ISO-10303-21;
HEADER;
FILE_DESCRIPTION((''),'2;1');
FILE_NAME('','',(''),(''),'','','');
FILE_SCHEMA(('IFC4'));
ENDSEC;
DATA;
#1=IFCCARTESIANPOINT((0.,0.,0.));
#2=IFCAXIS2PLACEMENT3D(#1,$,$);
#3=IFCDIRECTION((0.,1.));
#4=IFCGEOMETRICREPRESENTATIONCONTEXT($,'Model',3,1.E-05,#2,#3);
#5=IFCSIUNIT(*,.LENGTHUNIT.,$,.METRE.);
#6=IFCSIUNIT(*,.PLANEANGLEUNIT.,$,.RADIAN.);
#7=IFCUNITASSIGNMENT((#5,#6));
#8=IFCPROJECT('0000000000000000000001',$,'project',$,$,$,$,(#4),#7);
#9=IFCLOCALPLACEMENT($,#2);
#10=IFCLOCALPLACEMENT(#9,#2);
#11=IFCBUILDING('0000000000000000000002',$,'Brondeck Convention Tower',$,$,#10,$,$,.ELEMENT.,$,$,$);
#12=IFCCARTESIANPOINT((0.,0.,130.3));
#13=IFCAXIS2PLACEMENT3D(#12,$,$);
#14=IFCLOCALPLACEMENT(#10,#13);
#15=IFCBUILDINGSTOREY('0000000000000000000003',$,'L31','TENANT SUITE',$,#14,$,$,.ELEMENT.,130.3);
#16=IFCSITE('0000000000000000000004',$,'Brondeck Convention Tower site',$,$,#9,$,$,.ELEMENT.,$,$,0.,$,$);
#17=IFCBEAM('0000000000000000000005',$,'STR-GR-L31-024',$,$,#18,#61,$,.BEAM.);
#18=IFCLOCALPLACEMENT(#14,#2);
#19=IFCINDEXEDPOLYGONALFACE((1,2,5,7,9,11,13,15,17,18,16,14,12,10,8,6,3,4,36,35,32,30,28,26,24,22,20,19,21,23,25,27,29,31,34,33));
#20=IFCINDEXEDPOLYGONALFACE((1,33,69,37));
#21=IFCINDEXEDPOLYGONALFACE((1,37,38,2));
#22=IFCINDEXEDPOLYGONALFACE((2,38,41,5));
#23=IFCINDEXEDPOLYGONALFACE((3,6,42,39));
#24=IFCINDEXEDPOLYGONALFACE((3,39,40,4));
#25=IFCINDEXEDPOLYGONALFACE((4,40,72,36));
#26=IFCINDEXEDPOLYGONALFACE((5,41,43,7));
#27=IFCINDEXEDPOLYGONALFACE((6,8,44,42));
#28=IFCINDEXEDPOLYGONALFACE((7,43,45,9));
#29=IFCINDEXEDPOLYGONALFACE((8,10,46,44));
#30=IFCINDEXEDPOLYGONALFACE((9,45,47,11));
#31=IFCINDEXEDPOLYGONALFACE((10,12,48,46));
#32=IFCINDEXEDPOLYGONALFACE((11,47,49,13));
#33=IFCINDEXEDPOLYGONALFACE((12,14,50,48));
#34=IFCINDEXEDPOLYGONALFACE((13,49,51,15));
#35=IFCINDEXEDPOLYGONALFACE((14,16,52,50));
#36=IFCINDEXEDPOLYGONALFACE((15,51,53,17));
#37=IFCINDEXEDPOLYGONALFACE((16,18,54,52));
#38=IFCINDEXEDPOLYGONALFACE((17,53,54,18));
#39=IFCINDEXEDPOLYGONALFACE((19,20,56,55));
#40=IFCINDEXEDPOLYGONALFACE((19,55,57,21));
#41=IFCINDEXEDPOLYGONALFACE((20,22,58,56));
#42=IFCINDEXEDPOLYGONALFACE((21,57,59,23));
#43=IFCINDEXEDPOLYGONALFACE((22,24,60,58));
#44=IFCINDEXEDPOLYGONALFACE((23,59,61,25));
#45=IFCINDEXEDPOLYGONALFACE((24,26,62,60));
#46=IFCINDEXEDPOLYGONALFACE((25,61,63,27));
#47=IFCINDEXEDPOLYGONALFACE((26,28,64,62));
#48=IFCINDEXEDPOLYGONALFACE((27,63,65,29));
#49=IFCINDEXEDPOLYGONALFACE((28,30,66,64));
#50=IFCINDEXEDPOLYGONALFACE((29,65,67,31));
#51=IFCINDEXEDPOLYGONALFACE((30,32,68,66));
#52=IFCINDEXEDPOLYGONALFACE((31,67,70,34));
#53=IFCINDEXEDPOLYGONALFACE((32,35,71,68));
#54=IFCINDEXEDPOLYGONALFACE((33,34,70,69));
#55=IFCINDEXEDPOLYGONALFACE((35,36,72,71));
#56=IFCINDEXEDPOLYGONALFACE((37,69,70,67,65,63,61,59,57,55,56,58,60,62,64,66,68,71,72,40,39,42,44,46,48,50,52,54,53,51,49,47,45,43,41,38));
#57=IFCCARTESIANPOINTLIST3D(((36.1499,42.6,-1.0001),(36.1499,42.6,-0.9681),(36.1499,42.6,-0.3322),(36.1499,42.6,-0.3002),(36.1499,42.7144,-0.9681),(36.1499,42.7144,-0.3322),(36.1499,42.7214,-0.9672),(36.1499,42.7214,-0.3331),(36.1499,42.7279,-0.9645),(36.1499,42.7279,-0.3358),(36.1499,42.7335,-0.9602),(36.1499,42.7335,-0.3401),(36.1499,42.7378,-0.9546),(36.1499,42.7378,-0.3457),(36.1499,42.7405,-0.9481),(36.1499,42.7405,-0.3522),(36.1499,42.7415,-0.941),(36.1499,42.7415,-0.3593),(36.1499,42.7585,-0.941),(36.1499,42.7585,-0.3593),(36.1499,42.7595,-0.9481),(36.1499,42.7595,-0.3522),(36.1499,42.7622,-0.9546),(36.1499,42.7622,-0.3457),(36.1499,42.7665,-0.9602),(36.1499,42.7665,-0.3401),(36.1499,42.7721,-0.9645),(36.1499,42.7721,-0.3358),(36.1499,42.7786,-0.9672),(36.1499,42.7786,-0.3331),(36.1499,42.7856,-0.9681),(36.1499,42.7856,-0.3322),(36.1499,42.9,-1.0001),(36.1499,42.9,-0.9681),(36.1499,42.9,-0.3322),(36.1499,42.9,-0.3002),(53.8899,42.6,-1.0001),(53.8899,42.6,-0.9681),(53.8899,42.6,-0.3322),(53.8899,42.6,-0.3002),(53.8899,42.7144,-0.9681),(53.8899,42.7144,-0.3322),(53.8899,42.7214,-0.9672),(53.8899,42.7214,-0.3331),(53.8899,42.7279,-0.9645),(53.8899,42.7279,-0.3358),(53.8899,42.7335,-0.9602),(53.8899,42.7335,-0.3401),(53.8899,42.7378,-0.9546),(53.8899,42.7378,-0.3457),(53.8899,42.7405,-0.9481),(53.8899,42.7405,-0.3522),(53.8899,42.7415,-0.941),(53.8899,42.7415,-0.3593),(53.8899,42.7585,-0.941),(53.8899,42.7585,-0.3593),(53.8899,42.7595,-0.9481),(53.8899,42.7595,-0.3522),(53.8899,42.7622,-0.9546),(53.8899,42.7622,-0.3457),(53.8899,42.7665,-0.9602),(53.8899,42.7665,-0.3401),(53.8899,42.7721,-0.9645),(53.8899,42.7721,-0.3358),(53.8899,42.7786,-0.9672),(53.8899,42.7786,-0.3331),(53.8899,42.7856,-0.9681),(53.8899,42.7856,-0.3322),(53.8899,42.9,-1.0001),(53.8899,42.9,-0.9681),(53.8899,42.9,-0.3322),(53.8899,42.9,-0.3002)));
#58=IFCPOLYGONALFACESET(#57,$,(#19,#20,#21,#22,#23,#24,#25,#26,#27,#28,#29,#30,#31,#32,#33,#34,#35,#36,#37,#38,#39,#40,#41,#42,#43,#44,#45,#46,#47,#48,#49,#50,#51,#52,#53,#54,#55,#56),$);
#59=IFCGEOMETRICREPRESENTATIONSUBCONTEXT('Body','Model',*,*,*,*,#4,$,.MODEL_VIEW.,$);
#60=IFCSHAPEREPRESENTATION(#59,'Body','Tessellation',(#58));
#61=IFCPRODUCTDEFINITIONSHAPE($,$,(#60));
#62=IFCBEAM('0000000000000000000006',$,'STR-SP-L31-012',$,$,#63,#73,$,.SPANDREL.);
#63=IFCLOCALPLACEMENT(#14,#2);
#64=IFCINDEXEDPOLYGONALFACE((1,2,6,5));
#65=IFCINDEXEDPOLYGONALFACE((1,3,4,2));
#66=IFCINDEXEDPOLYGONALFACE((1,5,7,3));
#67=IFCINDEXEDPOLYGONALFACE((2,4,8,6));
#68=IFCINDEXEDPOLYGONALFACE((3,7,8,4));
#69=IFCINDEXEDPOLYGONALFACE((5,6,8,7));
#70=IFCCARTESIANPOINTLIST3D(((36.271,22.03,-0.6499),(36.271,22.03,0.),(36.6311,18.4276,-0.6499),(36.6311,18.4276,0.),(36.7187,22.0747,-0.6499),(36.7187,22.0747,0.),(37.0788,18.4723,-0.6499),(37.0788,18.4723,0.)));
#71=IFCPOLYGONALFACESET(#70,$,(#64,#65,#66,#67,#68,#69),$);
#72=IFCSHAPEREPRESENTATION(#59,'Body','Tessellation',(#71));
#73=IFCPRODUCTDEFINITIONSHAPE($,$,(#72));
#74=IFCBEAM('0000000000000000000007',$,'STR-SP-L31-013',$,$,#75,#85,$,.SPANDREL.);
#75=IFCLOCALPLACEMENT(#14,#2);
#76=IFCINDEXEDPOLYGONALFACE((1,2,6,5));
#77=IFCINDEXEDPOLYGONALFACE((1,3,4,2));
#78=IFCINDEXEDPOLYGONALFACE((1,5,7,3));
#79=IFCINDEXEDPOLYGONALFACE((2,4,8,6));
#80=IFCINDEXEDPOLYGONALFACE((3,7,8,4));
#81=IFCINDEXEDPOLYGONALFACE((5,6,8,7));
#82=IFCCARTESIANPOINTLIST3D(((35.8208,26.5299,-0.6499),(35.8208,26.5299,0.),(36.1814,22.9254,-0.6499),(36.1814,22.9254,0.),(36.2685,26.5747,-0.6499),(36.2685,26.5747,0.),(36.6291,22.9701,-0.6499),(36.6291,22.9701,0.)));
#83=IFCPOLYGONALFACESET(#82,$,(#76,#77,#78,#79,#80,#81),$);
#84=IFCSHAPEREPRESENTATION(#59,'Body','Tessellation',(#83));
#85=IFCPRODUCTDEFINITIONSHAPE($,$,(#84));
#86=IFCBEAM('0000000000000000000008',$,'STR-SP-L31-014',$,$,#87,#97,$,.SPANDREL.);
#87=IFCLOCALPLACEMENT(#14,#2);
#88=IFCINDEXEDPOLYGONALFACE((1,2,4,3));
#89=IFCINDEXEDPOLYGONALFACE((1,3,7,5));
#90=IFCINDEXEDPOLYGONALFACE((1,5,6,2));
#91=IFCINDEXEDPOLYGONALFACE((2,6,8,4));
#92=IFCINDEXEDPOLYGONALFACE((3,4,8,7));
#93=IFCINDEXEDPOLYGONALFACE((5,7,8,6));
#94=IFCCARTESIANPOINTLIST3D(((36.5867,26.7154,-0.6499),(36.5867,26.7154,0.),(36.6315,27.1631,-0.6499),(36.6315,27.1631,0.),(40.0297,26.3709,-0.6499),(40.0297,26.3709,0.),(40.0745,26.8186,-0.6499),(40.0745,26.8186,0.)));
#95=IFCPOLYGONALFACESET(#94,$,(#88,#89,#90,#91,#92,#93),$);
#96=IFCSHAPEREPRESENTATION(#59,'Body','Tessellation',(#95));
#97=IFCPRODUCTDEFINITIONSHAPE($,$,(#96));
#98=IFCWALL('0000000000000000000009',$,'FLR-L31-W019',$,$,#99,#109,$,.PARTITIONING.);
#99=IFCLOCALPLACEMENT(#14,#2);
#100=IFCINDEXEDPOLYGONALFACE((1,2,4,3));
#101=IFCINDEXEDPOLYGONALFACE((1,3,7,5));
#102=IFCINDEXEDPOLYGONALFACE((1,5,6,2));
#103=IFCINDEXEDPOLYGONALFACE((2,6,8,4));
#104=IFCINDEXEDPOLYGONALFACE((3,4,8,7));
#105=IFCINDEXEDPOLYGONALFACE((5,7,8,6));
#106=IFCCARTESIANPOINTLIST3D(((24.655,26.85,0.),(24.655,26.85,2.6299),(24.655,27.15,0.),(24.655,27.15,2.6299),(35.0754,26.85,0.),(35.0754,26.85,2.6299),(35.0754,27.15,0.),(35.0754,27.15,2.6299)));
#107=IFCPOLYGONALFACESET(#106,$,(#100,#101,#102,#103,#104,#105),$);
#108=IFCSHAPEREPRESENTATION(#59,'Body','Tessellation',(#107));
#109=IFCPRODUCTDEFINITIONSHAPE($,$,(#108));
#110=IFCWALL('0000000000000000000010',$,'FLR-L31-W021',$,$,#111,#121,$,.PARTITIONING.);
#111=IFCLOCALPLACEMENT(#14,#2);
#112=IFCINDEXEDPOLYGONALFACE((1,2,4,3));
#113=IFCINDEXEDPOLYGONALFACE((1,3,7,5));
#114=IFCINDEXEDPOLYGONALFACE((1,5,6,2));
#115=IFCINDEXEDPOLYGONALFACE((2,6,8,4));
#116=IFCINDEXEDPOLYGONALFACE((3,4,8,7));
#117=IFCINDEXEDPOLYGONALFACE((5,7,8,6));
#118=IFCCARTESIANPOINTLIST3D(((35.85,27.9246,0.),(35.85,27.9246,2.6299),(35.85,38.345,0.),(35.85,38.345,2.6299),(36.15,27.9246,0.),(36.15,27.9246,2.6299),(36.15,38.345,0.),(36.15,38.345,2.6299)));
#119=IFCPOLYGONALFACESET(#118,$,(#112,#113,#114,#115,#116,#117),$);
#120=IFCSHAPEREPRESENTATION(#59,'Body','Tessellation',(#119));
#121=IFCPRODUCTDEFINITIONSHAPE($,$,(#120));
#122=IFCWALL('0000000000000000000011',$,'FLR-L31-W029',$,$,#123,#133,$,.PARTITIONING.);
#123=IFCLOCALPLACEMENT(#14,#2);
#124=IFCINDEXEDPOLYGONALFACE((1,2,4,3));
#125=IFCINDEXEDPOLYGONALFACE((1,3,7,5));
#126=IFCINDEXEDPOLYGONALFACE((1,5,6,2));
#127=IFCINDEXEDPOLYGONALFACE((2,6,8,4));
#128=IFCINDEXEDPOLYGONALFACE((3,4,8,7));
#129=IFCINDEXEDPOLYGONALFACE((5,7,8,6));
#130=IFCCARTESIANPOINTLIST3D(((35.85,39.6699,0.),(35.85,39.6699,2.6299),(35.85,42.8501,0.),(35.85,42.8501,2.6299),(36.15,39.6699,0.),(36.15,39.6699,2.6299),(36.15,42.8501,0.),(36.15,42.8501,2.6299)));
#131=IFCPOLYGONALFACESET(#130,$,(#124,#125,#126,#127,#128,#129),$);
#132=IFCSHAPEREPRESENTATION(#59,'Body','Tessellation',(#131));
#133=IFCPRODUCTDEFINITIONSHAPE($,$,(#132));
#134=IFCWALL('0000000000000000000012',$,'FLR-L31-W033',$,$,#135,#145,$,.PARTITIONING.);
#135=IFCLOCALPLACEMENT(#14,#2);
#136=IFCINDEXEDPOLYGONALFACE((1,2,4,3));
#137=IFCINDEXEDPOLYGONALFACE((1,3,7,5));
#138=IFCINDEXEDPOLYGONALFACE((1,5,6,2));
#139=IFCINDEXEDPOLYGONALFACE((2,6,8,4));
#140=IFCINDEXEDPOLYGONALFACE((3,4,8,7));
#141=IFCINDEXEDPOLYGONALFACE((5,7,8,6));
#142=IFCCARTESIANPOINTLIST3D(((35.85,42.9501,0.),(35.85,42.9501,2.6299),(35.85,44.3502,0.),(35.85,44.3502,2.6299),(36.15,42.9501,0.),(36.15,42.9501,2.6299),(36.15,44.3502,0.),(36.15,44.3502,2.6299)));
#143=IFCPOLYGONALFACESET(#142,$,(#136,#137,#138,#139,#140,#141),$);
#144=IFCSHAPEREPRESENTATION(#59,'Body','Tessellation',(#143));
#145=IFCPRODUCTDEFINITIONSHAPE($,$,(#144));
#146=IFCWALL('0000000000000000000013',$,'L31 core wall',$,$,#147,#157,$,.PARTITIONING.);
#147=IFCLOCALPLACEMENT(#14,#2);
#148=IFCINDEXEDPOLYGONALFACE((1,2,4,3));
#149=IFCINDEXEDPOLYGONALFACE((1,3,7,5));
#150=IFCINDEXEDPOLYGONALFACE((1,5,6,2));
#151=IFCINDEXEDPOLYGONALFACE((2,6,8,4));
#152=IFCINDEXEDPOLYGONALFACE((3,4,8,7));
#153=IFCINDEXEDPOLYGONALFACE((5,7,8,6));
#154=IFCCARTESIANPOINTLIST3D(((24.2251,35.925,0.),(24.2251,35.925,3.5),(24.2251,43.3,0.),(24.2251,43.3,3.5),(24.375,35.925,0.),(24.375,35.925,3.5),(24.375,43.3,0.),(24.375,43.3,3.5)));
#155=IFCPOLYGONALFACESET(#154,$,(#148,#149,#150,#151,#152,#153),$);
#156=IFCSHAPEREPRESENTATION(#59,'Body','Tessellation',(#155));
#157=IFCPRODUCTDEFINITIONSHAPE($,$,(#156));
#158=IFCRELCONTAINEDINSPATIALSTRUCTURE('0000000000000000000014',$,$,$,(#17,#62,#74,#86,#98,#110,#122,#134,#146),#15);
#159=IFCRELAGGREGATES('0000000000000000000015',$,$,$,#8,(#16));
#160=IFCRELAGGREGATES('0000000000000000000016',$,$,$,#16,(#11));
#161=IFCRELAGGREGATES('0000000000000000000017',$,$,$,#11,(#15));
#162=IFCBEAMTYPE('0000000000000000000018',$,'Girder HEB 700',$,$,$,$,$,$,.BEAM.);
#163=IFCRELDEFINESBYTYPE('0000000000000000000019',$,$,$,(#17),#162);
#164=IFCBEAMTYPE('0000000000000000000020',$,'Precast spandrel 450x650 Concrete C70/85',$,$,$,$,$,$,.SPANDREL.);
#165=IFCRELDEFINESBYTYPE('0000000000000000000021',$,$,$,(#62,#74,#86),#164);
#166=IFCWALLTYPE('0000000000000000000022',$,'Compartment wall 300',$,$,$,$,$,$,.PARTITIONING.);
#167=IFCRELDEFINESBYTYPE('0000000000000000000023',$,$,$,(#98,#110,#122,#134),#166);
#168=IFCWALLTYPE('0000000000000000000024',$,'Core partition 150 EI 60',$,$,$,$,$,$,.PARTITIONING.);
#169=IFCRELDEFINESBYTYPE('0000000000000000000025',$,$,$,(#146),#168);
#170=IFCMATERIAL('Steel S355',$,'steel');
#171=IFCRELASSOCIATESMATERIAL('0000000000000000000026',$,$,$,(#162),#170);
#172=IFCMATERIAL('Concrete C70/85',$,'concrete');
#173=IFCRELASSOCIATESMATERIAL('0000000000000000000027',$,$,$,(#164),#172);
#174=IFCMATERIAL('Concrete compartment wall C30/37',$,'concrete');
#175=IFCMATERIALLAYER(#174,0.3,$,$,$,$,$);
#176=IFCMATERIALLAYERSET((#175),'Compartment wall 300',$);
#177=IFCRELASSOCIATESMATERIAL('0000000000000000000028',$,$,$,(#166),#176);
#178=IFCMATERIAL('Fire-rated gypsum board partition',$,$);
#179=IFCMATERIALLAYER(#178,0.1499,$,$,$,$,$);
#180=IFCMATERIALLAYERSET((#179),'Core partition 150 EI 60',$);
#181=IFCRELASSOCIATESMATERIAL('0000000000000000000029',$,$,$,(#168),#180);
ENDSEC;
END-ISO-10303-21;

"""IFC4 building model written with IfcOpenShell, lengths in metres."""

from ifc_helpers import new_model, si_unit, direction, frame, frame_2d, origin, origin_2d, place, context, subcontext, project, spatial, rectangle, i_section, extrude, material, layer, layer_set, material_profile, profile_set, type_object, element, save


model = new_model("IFC4")

# Units and contexts
model_context = context("Model", 3, precision=1e-05, world=origin(), true_north=direction((0.0, 1.0)))
body_context = subcontext(model_context, "Body", "Model", "MODEL_VIEW")
ifc_project = project(units=[si_unit("LENGTHUNIT", "METRE"), si_unit("PLANEANGLEUNIT", "RADIAN")], contexts=[model_context])

# Site, building, storey
site_placement = place(None, origin())
site = spatial("IfcSite", under=ifc_project, at=site_placement, Name="Brondeck Convention Tower site", CompositionType="ELEMENT", RefElevation=0.0)
building_placement = place(site_placement, origin())
building = spatial("IfcBuilding", under=site, at=building_placement, Name="Brondeck Convention Tower", CompositionType="ELEMENT")
storey_placement = place(building_placement, frame((0.0, 0.0, 130.3)))
storey = spatial("IfcBuildingStorey", under=building, at=storey_placement, Name="L31", Description="TENANT SUITE", CompositionType="ELEMENT", Elevation=130.3)

# Shared definitions
ifc_material_1 = material(Name="Concrete C70/85", Category="concrete")

# Beams
ifc_material_2 = material(Name="Steel S355", Category="steel")
ifc_material_profile_1 = material_profile(ifc_material_2, i_section(OverallWidth=0.3, OverallDepth=0.7, WebThickness=0.0171, FlangeThickness=0.032, FilletRadius=0.0271, at=origin_2d()), Name="HEB 700")
ifc_profile_set_1 = profile_set([ifc_material_profile_1], Name="Steel S355")
beam_type_1 = type_object("IfcBeamType", Name="Girder HEB 700", PredefinedType="BEAM", material=ifc_profile_set_1)
beam_1_placement = place(storey_placement, frame((36.1499, 42.75, -0.6501), z_axis=(1.0, 0.0, 0.0), x_axis=(0.0, 1.0, 0.0)))
element("IfcBeam", 1, at=beam_1_placement, inside=storey, type_object=beam_type_1, Name="STR-GR-L31-024", PredefinedType="BEAM", context=body_context, shape_type="SweptSolid", body=[
    extrude(i_section(OverallWidth=0.3, OverallDepth=0.7, WebThickness=0.0171, FlangeThickness=0.032, FilletRadius=0.0271, at=origin_2d()), origin(), (0.0, 0.0, 1.0), 17.74),
])
ifc_material_profile_2 = material_profile(ifc_material_1, rectangle(XDim=0.45, YDim=0.6499, at=origin_2d()), Name="Precast spandrel 450x650 Concrete C70/85")
ifc_profile_set_2 = profile_set([ifc_material_profile_2], Name="Concrete C70/85")
beam_type_2 = type_object("IfcBeamType", Name="Precast spandrel 450x650 Concrete C70/85", PredefinedType="SPANDREL", material=ifc_profile_set_2)
beam_2_placement = place(storey_placement, frame((36.855, 18.45, -0.325), z_axis=(-0.09947, 0.995041, 0.0), x_axis=(-0.995041, -0.09947, 0.0)))
element("IfcBeam", 2, at=beam_2_placement, inside=storey, type_object=beam_type_2, Name="STR-SP-L31-012", PredefinedType="SPANDREL", context=body_context, shape_type="SweptSolid", body=[
    extrude(rectangle(XDim=0.45, YDim=0.6499, at=origin_2d()), origin(), (0.0, 0.0, 1.0), 3.6204),
])
beam_3_placement = place(storey_placement, frame((36.4053, 22.9478, -0.325), z_axis=(-0.099544, 0.995033, 0.0), x_axis=(-0.995033, -0.099544, 0.0)))
element("IfcBeam", 3, at=beam_3_placement, inside=storey, type_object=beam_type_2, Name="STR-SP-L31-013", PredefinedType="SPANDREL", context=body_context, shape_type="SweptSolid", body=[
    extrude(rectangle(XDim=0.45, YDim=0.6499, at=origin_2d()), origin(), (0.0, 0.0, 1.0), 3.6226),
])
beam_4_placement = place(storey_placement, frame((36.6091, 26.9392, -0.325), z_axis=(0.995032, -0.099553, 0.0), x_axis=(0.099553, 0.995032, 0.0)))
element("IfcBeam", 4, at=beam_4_placement, inside=storey, type_object=beam_type_2, Name="STR-SP-L31-014", PredefinedType="SPANDREL", context=body_context, shape_type="SweptSolid", body=[
    extrude(rectangle(XDim=0.45, YDim=0.6499, at=origin_2d()), origin(), (0.0, 0.0, 1.0), 3.4602),
])

# Walls
ifc_material_3 = material(Name="Concrete compartment wall C30/37", Category="concrete")
ifc_layer_1 = layer(ifc_material_3, 0.3)
ifc_layer_set_1 = layer_set([ifc_layer_1], Name="Compartment wall 300")
wall_type_1 = type_object("IfcWallType", Name="Compartment wall 300", PredefinedType="PARTITIONING", material=ifc_layer_set_1)
for number, where, z_axis, x_axis, name in (
    (5, (24.655, 27.0, 0.0), (0.0, 0.0, 1.0), (1.0, 0.0, 0.0), "FLR-L31-W019"),
    (6, (36.0, 27.9246, 0.0), (0.0, 0.0, 1.0), (0.0, 1.0, 0.0), "FLR-L31-W021"),
):
    element("IfcWall", number, at=place(storey_placement, frame(where, z_axis=z_axis, x_axis=x_axis)), inside=storey, type_object=wall_type_1, Name=name, PredefinedType="PARTITIONING", context=body_context, shape_type="SweptSolid", body=[
        extrude(rectangle(XDim=10.4204, YDim=0.3, at=frame_2d((5.2102, 0.0))), origin(), (0.0, 0.0, 1.0), 2.6299),
    ])
wall_1_placement = place(storey_placement, frame((36.0, 39.6699, 0.0), z_axis=(0.0, 0.0, 1.0), x_axis=(0.0, 1.0, 0.0)))
element("IfcWall", 7, at=wall_1_placement, inside=storey, type_object=wall_type_1, Name="FLR-L31-W029", PredefinedType="PARTITIONING", context=body_context, shape_type="SweptSolid", body=[
    extrude(rectangle(XDim=3.1802, YDim=0.3, at=frame_2d((1.5901, 0.0))), origin(), (0.0, 0.0, 1.0), 2.6299),
])
wall_2_placement = place(storey_placement, frame((36.0, 42.95, 0.0), z_axis=(0.0, 0.0, 1.0), x_axis=(0.0, 1.0, 0.0)))
element("IfcWall", 8, at=wall_2_placement, inside=storey, type_object=wall_type_1, Name="FLR-L31-W033", PredefinedType="PARTITIONING", context=body_context, shape_type="SweptSolid", body=[
    extrude(rectangle(XDim=1.4001, YDim=0.3, at=frame_2d((0.7002, 0.0))), origin(), (0.0, 0.0, 1.0), 2.6299),
])
ifc_material_4 = material(Name="Fire-rated gypsum board partition")
ifc_layer_2 = layer(ifc_material_4, 0.1499)
ifc_layer_set_2 = layer_set([ifc_layer_2], Name="Core partition 150 EI 60")
wall_type_2 = type_object("IfcWallType", Name="Core partition 150 EI 60", PredefinedType="PARTITIONING", material=ifc_layer_set_2)
wall_3_placement = place(storey_placement, frame((24.3, 35.925, 0.0), z_axis=(0.0, 0.0, 1.0), x_axis=(0.0, 1.0, 0.0)))
element("IfcWall", 9, at=wall_3_placement, inside=storey, type_object=wall_type_2, Name="L31 core wall", PredefinedType="PARTITIONING", context=body_context, shape_type="SweptSolid", body=[
    extrude(rectangle(XDim=7.375, YDim=0.1499, at=frame_2d((3.6875, 0.0))), origin(), (0.0, 0.0, 1.0), 3.5),
])

save(model, "model.ifc")
